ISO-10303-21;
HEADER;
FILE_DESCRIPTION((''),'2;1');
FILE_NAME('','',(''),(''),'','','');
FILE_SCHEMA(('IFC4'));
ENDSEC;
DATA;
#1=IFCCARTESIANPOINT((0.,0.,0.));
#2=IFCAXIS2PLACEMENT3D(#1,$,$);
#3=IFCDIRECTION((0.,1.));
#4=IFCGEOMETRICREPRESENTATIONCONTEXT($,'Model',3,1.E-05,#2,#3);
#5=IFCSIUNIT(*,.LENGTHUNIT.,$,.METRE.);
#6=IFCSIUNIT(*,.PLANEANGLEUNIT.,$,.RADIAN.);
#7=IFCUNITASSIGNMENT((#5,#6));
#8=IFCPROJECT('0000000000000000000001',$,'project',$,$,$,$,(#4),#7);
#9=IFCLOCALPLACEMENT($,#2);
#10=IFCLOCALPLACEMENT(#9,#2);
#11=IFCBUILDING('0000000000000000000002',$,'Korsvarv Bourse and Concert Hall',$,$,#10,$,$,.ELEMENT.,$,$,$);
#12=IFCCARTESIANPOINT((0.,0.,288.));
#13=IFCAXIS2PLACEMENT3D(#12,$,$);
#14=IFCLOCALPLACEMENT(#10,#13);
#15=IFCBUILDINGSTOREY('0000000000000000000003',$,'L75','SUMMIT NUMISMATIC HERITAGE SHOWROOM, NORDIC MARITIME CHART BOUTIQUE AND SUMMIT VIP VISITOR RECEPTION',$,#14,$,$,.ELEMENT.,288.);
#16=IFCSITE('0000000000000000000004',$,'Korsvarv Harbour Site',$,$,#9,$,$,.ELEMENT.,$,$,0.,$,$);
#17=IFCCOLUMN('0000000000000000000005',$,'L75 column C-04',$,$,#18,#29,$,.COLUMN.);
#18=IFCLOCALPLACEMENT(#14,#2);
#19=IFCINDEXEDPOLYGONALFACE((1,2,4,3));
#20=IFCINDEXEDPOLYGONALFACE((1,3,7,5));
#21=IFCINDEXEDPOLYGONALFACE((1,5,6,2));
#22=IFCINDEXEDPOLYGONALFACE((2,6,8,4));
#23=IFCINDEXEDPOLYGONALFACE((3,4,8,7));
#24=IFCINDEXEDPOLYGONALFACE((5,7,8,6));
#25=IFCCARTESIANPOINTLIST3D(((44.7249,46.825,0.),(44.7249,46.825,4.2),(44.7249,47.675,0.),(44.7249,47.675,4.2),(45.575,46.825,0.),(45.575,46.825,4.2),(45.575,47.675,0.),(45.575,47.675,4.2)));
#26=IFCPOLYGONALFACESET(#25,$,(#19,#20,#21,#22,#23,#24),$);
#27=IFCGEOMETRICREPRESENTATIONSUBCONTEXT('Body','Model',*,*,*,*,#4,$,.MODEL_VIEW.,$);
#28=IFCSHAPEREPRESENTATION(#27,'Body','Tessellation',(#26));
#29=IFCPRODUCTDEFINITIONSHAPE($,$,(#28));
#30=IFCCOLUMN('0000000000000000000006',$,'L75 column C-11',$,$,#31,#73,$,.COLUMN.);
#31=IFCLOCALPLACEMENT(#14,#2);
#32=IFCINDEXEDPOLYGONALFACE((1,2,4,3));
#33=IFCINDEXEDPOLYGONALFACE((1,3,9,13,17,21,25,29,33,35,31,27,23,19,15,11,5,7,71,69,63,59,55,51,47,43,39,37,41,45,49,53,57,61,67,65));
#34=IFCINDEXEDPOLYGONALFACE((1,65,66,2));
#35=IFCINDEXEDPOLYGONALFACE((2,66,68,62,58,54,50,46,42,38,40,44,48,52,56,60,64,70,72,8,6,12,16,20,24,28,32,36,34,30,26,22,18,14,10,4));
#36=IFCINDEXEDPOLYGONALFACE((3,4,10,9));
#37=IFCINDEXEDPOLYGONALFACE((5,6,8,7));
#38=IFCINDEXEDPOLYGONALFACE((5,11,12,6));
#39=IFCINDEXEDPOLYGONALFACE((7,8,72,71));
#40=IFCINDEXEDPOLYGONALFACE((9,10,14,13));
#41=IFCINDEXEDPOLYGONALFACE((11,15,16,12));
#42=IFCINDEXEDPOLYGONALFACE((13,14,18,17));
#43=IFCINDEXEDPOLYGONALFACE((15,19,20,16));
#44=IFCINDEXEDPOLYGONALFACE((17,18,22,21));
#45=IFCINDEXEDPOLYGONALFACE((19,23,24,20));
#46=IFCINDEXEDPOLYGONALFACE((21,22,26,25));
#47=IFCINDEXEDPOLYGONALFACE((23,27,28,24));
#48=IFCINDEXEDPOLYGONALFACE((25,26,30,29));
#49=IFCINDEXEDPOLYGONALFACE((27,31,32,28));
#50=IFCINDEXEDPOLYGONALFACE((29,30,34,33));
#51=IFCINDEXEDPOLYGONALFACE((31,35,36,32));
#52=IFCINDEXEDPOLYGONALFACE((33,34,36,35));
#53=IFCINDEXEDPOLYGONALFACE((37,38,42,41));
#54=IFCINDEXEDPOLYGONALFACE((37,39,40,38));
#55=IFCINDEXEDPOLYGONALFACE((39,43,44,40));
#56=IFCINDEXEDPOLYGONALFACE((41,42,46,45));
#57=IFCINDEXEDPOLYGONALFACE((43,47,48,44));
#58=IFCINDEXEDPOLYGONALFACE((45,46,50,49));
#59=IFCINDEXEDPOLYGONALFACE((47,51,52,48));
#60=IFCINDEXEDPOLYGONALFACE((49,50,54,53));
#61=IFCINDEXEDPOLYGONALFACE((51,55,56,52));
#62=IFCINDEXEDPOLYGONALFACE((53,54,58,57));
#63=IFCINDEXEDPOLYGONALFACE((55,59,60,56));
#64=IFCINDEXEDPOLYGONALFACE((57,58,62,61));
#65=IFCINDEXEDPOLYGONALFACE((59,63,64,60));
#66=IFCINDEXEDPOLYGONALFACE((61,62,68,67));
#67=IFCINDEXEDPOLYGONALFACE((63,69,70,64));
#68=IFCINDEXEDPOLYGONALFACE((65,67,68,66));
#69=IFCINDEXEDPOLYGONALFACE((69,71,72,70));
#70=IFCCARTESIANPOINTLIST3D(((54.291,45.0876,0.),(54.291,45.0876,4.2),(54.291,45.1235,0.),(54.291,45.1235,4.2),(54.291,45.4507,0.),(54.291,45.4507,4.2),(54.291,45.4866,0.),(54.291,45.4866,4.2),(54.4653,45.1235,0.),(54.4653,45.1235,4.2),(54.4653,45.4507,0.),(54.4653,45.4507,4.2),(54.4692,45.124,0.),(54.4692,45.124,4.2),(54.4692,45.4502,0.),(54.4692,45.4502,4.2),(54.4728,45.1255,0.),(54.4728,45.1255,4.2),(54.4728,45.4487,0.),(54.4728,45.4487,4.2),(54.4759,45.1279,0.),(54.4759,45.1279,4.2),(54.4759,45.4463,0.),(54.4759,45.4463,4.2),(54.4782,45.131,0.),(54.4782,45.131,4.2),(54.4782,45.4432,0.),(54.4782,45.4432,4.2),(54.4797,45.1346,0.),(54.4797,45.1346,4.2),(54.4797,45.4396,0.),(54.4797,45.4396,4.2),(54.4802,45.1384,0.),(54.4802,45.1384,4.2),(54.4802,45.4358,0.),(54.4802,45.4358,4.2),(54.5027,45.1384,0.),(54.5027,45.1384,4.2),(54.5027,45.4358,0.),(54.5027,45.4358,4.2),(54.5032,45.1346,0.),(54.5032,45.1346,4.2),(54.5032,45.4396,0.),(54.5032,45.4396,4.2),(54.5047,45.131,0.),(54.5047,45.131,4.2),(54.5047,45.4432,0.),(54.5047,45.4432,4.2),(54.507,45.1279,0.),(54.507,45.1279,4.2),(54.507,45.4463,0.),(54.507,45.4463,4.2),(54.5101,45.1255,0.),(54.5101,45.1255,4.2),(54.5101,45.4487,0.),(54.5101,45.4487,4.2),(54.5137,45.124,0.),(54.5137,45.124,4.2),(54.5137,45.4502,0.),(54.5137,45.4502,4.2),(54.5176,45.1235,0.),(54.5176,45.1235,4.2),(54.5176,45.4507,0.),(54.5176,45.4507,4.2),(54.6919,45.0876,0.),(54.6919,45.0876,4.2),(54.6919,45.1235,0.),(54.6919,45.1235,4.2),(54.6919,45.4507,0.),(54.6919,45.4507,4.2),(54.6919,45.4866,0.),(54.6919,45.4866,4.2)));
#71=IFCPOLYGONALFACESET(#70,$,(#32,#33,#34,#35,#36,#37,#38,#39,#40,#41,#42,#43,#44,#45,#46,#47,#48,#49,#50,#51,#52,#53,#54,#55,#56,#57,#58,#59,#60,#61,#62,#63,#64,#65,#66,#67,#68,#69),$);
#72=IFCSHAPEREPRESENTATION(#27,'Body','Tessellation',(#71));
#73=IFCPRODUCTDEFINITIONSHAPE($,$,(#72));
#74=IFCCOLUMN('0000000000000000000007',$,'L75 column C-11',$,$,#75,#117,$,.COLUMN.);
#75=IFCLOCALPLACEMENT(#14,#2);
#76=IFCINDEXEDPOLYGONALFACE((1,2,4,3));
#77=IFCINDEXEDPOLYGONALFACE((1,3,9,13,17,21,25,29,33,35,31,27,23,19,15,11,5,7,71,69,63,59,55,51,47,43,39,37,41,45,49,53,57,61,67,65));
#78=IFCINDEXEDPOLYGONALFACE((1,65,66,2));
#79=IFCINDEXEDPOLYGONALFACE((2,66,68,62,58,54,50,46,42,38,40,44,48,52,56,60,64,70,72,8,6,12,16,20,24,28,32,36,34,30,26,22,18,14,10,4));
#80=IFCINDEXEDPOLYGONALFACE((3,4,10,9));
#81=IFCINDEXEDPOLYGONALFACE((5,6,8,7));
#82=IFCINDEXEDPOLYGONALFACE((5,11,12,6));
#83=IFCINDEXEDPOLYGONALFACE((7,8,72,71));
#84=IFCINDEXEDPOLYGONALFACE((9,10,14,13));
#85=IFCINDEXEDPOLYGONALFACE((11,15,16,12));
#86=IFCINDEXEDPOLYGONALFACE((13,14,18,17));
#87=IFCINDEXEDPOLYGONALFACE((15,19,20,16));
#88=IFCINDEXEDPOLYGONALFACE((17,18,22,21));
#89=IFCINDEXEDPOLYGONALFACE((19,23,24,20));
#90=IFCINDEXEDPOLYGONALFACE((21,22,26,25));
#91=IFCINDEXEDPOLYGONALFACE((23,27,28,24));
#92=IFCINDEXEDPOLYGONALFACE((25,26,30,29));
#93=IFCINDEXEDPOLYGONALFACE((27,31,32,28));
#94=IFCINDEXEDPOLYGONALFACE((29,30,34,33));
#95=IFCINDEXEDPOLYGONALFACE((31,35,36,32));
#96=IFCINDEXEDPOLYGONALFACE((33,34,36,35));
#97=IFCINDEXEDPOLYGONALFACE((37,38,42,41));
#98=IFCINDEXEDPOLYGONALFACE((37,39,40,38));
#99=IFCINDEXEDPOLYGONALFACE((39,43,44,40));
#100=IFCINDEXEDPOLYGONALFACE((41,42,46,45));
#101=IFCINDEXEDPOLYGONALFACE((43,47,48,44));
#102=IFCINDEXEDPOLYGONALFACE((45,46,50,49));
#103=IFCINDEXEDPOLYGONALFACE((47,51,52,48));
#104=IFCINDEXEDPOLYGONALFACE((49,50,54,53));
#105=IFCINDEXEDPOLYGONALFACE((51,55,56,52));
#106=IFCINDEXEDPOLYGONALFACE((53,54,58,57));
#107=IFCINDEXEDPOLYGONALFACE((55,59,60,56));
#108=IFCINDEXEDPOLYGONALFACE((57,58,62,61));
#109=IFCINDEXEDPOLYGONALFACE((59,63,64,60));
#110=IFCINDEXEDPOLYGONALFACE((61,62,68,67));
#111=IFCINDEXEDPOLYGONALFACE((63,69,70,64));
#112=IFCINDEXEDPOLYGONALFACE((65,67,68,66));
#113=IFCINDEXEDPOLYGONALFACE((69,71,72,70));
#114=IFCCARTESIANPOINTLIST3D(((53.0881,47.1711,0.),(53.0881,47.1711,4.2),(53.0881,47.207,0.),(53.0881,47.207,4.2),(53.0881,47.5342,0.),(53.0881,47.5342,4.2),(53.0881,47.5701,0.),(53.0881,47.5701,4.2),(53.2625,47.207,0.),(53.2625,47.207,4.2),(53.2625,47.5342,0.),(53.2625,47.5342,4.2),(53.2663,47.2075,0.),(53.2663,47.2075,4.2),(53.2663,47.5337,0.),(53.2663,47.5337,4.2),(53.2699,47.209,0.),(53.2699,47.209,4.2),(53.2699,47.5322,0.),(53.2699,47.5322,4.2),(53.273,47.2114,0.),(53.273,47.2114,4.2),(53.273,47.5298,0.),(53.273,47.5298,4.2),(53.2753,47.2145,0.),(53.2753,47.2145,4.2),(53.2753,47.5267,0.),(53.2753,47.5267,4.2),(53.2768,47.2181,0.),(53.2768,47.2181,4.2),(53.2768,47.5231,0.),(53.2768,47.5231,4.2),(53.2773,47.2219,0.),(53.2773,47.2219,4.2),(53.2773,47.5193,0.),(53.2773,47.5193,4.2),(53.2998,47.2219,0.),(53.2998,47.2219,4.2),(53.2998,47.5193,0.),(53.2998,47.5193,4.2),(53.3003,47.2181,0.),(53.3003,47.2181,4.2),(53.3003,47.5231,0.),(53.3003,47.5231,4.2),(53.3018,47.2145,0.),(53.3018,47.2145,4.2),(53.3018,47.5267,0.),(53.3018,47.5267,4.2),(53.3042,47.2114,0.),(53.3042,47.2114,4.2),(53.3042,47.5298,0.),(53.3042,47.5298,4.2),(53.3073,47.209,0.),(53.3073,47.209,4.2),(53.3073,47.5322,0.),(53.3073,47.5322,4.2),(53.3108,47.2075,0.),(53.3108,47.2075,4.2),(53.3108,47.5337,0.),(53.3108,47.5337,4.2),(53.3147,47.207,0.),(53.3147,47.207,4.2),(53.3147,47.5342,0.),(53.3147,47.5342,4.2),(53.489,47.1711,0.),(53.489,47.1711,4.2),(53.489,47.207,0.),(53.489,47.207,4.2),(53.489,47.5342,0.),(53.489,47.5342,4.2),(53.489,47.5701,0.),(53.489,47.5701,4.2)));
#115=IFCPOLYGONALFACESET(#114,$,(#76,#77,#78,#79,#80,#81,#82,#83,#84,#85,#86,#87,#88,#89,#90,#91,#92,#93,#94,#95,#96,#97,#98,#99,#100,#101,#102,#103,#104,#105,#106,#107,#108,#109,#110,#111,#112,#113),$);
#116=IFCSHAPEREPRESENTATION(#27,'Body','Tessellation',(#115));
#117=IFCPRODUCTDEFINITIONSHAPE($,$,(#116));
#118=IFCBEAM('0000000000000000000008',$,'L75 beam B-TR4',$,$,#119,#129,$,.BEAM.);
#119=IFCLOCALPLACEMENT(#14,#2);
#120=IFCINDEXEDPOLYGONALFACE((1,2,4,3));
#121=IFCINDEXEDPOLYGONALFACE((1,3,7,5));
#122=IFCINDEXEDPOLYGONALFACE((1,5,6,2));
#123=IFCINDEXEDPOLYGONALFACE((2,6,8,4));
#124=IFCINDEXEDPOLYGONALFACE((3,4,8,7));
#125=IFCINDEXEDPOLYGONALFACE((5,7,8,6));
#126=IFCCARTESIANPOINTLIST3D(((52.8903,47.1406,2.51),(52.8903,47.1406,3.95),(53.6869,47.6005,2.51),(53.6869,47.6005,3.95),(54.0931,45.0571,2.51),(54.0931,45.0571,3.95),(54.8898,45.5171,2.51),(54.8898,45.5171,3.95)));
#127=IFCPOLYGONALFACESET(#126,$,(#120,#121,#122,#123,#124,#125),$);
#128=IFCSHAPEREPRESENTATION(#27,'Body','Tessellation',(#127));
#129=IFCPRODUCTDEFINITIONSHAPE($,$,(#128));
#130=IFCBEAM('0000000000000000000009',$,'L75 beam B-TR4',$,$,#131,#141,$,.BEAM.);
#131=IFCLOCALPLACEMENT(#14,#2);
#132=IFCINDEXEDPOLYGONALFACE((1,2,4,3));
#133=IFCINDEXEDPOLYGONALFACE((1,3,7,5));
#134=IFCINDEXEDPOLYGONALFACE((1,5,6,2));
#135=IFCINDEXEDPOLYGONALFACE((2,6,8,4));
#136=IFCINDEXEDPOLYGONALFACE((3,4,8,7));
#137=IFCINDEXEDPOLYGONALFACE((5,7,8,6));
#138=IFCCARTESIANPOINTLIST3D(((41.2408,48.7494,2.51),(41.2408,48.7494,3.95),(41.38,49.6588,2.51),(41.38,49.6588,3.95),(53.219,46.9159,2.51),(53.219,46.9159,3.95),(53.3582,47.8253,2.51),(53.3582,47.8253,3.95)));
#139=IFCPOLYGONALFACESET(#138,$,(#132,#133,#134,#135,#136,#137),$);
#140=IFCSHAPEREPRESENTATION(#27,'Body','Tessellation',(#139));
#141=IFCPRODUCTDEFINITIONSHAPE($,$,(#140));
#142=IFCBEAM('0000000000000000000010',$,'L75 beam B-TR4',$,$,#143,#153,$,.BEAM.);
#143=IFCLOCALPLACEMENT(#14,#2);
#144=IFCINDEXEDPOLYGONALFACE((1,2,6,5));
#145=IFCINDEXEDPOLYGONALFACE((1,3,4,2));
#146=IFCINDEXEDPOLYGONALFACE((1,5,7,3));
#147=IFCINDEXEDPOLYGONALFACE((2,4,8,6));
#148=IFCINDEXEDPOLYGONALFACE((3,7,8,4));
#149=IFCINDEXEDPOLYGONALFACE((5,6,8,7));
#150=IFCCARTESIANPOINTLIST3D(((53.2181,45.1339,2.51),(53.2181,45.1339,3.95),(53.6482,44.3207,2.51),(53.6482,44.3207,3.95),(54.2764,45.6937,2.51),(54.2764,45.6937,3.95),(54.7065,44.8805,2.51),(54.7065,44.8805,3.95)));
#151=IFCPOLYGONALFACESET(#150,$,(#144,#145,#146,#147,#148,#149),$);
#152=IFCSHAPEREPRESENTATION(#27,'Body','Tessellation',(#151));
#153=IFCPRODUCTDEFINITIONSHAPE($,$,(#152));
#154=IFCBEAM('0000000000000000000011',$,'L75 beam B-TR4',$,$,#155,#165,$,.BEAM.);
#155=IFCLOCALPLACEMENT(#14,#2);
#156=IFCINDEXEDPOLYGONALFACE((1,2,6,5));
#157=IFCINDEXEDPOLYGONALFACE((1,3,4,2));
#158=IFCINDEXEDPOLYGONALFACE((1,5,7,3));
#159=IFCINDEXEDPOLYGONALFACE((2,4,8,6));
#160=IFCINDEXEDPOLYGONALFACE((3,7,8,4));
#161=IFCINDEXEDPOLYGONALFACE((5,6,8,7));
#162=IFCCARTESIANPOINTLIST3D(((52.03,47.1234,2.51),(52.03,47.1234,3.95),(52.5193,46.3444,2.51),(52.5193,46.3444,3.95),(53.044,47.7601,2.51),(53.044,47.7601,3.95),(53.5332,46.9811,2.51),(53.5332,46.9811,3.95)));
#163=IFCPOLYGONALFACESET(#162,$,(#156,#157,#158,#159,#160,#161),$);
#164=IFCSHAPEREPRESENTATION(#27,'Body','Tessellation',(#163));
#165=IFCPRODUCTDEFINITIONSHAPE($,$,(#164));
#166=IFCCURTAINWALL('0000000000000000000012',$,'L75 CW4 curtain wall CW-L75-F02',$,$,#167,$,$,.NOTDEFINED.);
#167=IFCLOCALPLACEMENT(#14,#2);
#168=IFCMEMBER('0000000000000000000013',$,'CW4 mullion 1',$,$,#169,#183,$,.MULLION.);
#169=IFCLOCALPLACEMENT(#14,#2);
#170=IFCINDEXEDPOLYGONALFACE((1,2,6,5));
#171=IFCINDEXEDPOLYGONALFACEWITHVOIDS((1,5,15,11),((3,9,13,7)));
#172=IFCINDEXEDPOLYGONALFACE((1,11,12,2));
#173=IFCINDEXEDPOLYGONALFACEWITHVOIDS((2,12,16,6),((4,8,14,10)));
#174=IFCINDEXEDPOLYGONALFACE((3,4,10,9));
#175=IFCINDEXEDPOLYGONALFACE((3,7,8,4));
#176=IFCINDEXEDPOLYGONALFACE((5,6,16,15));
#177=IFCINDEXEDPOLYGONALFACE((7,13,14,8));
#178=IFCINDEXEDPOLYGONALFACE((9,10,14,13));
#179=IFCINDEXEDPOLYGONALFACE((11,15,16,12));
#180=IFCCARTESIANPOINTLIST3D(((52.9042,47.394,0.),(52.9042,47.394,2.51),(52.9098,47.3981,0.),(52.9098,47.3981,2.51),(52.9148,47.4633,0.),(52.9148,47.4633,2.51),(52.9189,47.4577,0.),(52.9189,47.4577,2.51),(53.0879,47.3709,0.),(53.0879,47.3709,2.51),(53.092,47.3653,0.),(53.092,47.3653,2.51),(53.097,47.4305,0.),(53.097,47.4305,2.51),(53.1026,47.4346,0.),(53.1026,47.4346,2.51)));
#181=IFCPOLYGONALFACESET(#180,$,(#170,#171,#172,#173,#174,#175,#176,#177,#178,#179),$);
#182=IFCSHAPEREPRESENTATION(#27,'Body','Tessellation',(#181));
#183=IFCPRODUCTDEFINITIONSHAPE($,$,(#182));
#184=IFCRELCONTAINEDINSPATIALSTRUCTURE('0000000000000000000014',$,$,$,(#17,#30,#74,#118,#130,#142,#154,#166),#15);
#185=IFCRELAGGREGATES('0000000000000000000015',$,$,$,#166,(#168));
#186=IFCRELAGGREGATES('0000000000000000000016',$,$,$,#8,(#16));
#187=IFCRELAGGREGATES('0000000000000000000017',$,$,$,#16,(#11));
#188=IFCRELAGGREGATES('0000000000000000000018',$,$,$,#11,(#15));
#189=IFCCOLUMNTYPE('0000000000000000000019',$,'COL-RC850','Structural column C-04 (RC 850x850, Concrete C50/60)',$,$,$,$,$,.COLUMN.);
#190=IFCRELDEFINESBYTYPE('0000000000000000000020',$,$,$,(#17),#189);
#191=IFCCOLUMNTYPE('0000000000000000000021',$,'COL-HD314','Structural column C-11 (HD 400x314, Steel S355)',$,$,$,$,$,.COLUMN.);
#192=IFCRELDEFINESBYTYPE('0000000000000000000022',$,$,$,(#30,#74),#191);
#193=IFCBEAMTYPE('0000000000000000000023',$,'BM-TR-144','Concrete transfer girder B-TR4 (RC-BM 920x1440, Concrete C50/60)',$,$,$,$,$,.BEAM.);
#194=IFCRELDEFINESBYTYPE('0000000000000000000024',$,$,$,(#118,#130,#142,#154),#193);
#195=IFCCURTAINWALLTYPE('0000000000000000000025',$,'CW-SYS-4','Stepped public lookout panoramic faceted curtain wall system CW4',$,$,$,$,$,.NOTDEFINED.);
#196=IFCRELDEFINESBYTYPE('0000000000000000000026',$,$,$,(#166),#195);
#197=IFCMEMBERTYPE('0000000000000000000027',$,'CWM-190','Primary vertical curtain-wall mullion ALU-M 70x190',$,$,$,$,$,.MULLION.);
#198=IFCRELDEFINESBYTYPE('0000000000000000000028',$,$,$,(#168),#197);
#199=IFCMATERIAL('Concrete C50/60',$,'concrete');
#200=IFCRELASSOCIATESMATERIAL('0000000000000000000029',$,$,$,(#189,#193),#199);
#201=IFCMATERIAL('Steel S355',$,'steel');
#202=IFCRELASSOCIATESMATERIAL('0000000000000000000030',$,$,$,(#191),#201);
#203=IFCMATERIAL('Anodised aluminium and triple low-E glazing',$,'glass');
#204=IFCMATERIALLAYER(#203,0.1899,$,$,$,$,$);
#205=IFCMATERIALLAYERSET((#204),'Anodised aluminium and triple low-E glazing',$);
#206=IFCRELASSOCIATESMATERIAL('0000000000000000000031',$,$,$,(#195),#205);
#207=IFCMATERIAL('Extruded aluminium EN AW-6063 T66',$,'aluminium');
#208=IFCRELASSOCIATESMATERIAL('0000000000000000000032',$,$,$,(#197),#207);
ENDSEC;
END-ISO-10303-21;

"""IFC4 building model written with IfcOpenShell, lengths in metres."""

from ifc_helpers import new_model, si_unit, direction, frame, origin, origin_2d, place, context, subcontext, project, spatial, rectangle, hollow_rectangle, i_section, extrude, source, transform, mapped, material, layer, layer_set, material_profile, profile_set, type_object, element, aggregate, save


model = new_model("IFC4")

# Units and contexts
model_context = context("Model", 3, precision=1e-05, world=origin(), true_north=direction((0.0, 1.0)))
body_context = subcontext(model_context, "Body", "Model", "MODEL_VIEW")
ifc_project = project(units=[si_unit("LENGTHUNIT", "METRE"), si_unit("PLANEANGLEUNIT", "RADIAN")], contexts=[model_context])

# Site, building, storey
site_placement = place(None, origin())
site = spatial("IfcSite", under=ifc_project, at=site_placement, Name="Korsvarv Harbour Site", CompositionType="ELEMENT", RefElevation=0.0)
building_placement = place(site_placement, origin())
building = spatial("IfcBuilding", under=site, at=building_placement, Name="Korsvarv Bourse and Concert Hall", CompositionType="ELEMENT")
storey_placement = place(building_placement, frame((0.0, 0.0, 288.0)))
storey = spatial("IfcBuildingStorey", under=building, at=storey_placement, Name="L75", Description="SUMMIT NUMISMATIC HERITAGE SHOWROOM, NORDIC MARITIME CHART BOUTIQUE AND SUMMIT VIP VISITOR RECEPTION", CompositionType="ELEMENT", Elevation=288.0)

# Columns
ifc_material_1 = material(Name="Concrete C50/60", Category="concrete")
ifc_material_profile_1 = material_profile(ifc_material_1, rectangle(XDim=0.8501, YDim=0.8501, at=origin_2d()), Name="RC 850x850")
ifc_profile_set_1 = profile_set([ifc_material_profile_1], Name="Concrete C50/60")
column_type_1 = type_object("IfcColumnType", Name="COL-RC850", Description="Structural column C-04 (RC 850x850, Concrete C50/60)", PredefinedType="COLUMN", material=ifc_profile_set_1)
shared_shape_1 = source(origin(), body_context, "Body", "SweptSolid", [
    extrude(rectangle(XDim=0.8501, YDim=0.8501, at=origin_2d()), origin(), (0.0, 0.0, 1.0), 4.2),
])
column_placement = place(storey_placement, frame((45.1499, 47.25, 0.0), z_axis=(0.0, 0.0, 1.0), x_axis=(1.0, 0.0, 0.0)))
element("IfcColumn", 1, at=column_placement, inside=storey, type_object=column_type_1, Name="L75 column C-04", PredefinedType="COLUMN", context=body_context, shape_type="MappedRepresentation", body=[
    mapped(shared_shape_1, transform((0.0, 0.0, 0.0), scale=1.0)),
])
ifc_material_2 = material(Name="Steel S355", Category="steel")
ifc_material_profile_2 = material_profile(ifc_material_2, i_section(OverallWidth=0.4009, OverallDepth=0.3989, WebThickness=0.0225, FlangeThickness=0.0359, FilletRadius=0.0149, at=origin_2d()), Name="HD 400x314")
ifc_profile_set_2 = profile_set([ifc_material_profile_2], Name="Steel S355")
column_type_2 = type_object("IfcColumnType", Name="COL-HD314", Description="Structural column C-11 (HD 400x314, Steel S355)", PredefinedType="COLUMN", material=ifc_profile_set_2)
shared_shape_2 = source(origin(), body_context, "Body", "SweptSolid", [
    extrude(i_section(OverallWidth=0.4009, OverallDepth=0.3989, WebThickness=0.0225, FlangeThickness=0.0359, FilletRadius=0.0149, at=origin_2d()), origin(), (0.0, 0.0, 1.0), 4.2),
])
for number, where, z_axis, x_axis, name in (
    (2, (54.4915, 45.2871, 0.0), (0.0, 0.0, 1.0), (1.0, 0.0, 0.0), "L75 column C-11"),
    (3, (53.2886, 47.3706, 0.0), (0.0, 0.0, 1.0), (1.0, 0.0, 0.0), "L75 column C-11"),
):
    element("IfcColumn", number, at=place(storey_placement, frame(where, z_axis=z_axis, x_axis=x_axis)), inside=storey, type_object=column_type_2, Name=name, PredefinedType="COLUMN", context=body_context, shape_type="MappedRepresentation", body=[
        mapped(shared_shape_2, transform((0.0, 0.0, 0.0), scale=1.0)),
    ])

# Beams
ifc_material_profile_3 = material_profile(ifc_material_1, rectangle(XDim=0.9199, YDim=1.4399, at=origin_2d()), Name="RC-BM 920x1440")
ifc_profile_set_3 = profile_set([ifc_material_profile_3], Name="Concrete C50/60")
beam_type = type_object("IfcBeamType", Name="BM-TR-144", Description="Concrete transfer girder B-TR4 (RC-BM 920x1440, Concrete C50/60)", PredefinedType="BEAM", material=ifc_profile_set_3)
shared_shape_3 = source(origin(), body_context, "Body", "SweptSolid", [
    extrude(rectangle(XDim=0.9199, YDim=1.4399, at=origin_2d()), origin(), (0.0, 0.0, 1.0), 2.4058),
])
beam_1_placement = place(storey_placement, frame((54.4915, 45.2871, 3.23), z_axis=(-0.499992, 0.86603, 0.0), x_axis=(-0.86603, -0.499992, 0.0)))
element("IfcBeam", 4, at=beam_1_placement, inside=storey, type_object=beam_type, Name="L75 beam B-TR4", PredefinedType="BEAM", context=body_context, shape_type="MappedRepresentation", body=[
    mapped(shared_shape_3, transform((0.0, 0.0, 0.0), scale=1.0)),
])
shared_shape_4 = source(origin(), body_context, "Body", "SweptSolid", [
    extrude(rectangle(XDim=0.9199, YDim=1.4399, at=origin_2d()), origin(), (0.0, 0.0, 1.0), 12.1177),
])
beam_2_placement = place(storey_placement, frame((53.2886, 47.3706, 3.23), z_axis=(-0.988487, 0.151306, 0.0), x_axis=(-0.151306, -0.988487, 0.0)))
element("IfcBeam", 5, at=beam_2_placement, inside=storey, type_object=beam_type, Name="L75 beam B-TR4", PredefinedType="BEAM", context=body_context, shape_type="MappedRepresentation", body=[
    mapped(shared_shape_4, transform((0.0, 0.0, 0.0), scale=1.0)),
])
shared_shape_5 = source(origin(), body_context, "Body", "SweptSolid", [
    extrude(rectangle(XDim=0.9199, YDim=1.4399, at=origin_2d()), origin(), (0.0, 0.0, 1.0), 1.1973),
])
for number, where, z_axis, x_axis, name in (
    (6, (54.4915, 45.2871, 3.23), (-0.883956, -0.467569, 0.0), (0.467569, -0.883956, 0.0), "L75 beam B-TR4"),
    (7, (53.2886, 47.3706, 3.23), (-0.846862, -0.531812, 0.0), (0.531812, -0.846862, 0.0), "L75 beam B-TR4"),
):
    element("IfcBeam", number, at=place(storey_placement, frame(where, z_axis=z_axis, x_axis=x_axis)), inside=storey, type_object=beam_type, Name=name, PredefinedType="BEAM", context=body_context, shape_type="MappedRepresentation", body=[
        mapped(shared_shape_5, transform((0.0, 0.0, 0.0), scale=1.0)),
    ])

# Curtain wall, member
ifc_material_3 = material(Name="Anodised aluminium and triple low-E glazing", Category="glass")
ifc_layer_1 = layer(ifc_material_3, 0.1899)
ifc_layer_set_1 = layer_set([ifc_layer_1], Name="Anodised aluminium and triple low-E glazing")
curtain_wall_type = type_object("IfcCurtainWallType", Name="CW-SYS-4", Description="Stepped public lookout panoramic faceted curtain wall system CW4", PredefinedType="NOTDEFINED", material=ifc_layer_set_1)
curtain_wall_placement = place(storey_placement, origin())
curtain_wall = element("IfcCurtainWall", 8, at=curtain_wall_placement, inside=storey, type_object=curtain_wall_type, Name="L75 CW4 curtain wall CW-L75-F02", PredefinedType="NOTDEFINED")
ifc_material_4 = material(Name="Extruded aluminium EN AW-6063 T66", Category="aluminium")
ifc_material_profile_4 = material_profile(ifc_material_4, hollow_rectangle(XDim=0.0701, YDim=0.1899, WallThickness=0.0049, at=origin_2d()), Name="ALU-M 70x190")
ifc_profile_set_4 = profile_set([ifc_material_profile_4], Name="Extruded aluminium EN AW-6063 T66")
member_type_1 = type_object("IfcMemberType", Name="CWM-190", Description="Primary vertical curtain-wall mullion ALU-M 70x190", PredefinedType="MULLION", material=ifc_profile_set_4)
shared_shape_6 = source(origin(), body_context, "Body", "SweptSolid", [
    extrude(hollow_rectangle(XDim=0.0701, YDim=0.1899, WallThickness=0.0049, at=origin_2d()), origin(), (0.0, 0.0, 1.0), 2.51),
])
member_1_placement = place(storey_placement, frame((53.0034, 47.4143, 0.0), z_axis=(0.0, 0.0, 1.0), x_axis=(-0.151305, -0.988487, 0.0)))
member_1 = element("IfcMember", 9, at=member_1_placement, type_object=member_type_1, Name="CW4 mullion 1", PredefinedType="MULLION", context=body_context, shape_type="MappedRepresentation", body=[
    mapped(shared_shape_6, transform((0.0, 0.0, 0.0), scale=1.0)),
])
aggregate(curtain_wall, [member_1])

save(model, "model.ifc")
